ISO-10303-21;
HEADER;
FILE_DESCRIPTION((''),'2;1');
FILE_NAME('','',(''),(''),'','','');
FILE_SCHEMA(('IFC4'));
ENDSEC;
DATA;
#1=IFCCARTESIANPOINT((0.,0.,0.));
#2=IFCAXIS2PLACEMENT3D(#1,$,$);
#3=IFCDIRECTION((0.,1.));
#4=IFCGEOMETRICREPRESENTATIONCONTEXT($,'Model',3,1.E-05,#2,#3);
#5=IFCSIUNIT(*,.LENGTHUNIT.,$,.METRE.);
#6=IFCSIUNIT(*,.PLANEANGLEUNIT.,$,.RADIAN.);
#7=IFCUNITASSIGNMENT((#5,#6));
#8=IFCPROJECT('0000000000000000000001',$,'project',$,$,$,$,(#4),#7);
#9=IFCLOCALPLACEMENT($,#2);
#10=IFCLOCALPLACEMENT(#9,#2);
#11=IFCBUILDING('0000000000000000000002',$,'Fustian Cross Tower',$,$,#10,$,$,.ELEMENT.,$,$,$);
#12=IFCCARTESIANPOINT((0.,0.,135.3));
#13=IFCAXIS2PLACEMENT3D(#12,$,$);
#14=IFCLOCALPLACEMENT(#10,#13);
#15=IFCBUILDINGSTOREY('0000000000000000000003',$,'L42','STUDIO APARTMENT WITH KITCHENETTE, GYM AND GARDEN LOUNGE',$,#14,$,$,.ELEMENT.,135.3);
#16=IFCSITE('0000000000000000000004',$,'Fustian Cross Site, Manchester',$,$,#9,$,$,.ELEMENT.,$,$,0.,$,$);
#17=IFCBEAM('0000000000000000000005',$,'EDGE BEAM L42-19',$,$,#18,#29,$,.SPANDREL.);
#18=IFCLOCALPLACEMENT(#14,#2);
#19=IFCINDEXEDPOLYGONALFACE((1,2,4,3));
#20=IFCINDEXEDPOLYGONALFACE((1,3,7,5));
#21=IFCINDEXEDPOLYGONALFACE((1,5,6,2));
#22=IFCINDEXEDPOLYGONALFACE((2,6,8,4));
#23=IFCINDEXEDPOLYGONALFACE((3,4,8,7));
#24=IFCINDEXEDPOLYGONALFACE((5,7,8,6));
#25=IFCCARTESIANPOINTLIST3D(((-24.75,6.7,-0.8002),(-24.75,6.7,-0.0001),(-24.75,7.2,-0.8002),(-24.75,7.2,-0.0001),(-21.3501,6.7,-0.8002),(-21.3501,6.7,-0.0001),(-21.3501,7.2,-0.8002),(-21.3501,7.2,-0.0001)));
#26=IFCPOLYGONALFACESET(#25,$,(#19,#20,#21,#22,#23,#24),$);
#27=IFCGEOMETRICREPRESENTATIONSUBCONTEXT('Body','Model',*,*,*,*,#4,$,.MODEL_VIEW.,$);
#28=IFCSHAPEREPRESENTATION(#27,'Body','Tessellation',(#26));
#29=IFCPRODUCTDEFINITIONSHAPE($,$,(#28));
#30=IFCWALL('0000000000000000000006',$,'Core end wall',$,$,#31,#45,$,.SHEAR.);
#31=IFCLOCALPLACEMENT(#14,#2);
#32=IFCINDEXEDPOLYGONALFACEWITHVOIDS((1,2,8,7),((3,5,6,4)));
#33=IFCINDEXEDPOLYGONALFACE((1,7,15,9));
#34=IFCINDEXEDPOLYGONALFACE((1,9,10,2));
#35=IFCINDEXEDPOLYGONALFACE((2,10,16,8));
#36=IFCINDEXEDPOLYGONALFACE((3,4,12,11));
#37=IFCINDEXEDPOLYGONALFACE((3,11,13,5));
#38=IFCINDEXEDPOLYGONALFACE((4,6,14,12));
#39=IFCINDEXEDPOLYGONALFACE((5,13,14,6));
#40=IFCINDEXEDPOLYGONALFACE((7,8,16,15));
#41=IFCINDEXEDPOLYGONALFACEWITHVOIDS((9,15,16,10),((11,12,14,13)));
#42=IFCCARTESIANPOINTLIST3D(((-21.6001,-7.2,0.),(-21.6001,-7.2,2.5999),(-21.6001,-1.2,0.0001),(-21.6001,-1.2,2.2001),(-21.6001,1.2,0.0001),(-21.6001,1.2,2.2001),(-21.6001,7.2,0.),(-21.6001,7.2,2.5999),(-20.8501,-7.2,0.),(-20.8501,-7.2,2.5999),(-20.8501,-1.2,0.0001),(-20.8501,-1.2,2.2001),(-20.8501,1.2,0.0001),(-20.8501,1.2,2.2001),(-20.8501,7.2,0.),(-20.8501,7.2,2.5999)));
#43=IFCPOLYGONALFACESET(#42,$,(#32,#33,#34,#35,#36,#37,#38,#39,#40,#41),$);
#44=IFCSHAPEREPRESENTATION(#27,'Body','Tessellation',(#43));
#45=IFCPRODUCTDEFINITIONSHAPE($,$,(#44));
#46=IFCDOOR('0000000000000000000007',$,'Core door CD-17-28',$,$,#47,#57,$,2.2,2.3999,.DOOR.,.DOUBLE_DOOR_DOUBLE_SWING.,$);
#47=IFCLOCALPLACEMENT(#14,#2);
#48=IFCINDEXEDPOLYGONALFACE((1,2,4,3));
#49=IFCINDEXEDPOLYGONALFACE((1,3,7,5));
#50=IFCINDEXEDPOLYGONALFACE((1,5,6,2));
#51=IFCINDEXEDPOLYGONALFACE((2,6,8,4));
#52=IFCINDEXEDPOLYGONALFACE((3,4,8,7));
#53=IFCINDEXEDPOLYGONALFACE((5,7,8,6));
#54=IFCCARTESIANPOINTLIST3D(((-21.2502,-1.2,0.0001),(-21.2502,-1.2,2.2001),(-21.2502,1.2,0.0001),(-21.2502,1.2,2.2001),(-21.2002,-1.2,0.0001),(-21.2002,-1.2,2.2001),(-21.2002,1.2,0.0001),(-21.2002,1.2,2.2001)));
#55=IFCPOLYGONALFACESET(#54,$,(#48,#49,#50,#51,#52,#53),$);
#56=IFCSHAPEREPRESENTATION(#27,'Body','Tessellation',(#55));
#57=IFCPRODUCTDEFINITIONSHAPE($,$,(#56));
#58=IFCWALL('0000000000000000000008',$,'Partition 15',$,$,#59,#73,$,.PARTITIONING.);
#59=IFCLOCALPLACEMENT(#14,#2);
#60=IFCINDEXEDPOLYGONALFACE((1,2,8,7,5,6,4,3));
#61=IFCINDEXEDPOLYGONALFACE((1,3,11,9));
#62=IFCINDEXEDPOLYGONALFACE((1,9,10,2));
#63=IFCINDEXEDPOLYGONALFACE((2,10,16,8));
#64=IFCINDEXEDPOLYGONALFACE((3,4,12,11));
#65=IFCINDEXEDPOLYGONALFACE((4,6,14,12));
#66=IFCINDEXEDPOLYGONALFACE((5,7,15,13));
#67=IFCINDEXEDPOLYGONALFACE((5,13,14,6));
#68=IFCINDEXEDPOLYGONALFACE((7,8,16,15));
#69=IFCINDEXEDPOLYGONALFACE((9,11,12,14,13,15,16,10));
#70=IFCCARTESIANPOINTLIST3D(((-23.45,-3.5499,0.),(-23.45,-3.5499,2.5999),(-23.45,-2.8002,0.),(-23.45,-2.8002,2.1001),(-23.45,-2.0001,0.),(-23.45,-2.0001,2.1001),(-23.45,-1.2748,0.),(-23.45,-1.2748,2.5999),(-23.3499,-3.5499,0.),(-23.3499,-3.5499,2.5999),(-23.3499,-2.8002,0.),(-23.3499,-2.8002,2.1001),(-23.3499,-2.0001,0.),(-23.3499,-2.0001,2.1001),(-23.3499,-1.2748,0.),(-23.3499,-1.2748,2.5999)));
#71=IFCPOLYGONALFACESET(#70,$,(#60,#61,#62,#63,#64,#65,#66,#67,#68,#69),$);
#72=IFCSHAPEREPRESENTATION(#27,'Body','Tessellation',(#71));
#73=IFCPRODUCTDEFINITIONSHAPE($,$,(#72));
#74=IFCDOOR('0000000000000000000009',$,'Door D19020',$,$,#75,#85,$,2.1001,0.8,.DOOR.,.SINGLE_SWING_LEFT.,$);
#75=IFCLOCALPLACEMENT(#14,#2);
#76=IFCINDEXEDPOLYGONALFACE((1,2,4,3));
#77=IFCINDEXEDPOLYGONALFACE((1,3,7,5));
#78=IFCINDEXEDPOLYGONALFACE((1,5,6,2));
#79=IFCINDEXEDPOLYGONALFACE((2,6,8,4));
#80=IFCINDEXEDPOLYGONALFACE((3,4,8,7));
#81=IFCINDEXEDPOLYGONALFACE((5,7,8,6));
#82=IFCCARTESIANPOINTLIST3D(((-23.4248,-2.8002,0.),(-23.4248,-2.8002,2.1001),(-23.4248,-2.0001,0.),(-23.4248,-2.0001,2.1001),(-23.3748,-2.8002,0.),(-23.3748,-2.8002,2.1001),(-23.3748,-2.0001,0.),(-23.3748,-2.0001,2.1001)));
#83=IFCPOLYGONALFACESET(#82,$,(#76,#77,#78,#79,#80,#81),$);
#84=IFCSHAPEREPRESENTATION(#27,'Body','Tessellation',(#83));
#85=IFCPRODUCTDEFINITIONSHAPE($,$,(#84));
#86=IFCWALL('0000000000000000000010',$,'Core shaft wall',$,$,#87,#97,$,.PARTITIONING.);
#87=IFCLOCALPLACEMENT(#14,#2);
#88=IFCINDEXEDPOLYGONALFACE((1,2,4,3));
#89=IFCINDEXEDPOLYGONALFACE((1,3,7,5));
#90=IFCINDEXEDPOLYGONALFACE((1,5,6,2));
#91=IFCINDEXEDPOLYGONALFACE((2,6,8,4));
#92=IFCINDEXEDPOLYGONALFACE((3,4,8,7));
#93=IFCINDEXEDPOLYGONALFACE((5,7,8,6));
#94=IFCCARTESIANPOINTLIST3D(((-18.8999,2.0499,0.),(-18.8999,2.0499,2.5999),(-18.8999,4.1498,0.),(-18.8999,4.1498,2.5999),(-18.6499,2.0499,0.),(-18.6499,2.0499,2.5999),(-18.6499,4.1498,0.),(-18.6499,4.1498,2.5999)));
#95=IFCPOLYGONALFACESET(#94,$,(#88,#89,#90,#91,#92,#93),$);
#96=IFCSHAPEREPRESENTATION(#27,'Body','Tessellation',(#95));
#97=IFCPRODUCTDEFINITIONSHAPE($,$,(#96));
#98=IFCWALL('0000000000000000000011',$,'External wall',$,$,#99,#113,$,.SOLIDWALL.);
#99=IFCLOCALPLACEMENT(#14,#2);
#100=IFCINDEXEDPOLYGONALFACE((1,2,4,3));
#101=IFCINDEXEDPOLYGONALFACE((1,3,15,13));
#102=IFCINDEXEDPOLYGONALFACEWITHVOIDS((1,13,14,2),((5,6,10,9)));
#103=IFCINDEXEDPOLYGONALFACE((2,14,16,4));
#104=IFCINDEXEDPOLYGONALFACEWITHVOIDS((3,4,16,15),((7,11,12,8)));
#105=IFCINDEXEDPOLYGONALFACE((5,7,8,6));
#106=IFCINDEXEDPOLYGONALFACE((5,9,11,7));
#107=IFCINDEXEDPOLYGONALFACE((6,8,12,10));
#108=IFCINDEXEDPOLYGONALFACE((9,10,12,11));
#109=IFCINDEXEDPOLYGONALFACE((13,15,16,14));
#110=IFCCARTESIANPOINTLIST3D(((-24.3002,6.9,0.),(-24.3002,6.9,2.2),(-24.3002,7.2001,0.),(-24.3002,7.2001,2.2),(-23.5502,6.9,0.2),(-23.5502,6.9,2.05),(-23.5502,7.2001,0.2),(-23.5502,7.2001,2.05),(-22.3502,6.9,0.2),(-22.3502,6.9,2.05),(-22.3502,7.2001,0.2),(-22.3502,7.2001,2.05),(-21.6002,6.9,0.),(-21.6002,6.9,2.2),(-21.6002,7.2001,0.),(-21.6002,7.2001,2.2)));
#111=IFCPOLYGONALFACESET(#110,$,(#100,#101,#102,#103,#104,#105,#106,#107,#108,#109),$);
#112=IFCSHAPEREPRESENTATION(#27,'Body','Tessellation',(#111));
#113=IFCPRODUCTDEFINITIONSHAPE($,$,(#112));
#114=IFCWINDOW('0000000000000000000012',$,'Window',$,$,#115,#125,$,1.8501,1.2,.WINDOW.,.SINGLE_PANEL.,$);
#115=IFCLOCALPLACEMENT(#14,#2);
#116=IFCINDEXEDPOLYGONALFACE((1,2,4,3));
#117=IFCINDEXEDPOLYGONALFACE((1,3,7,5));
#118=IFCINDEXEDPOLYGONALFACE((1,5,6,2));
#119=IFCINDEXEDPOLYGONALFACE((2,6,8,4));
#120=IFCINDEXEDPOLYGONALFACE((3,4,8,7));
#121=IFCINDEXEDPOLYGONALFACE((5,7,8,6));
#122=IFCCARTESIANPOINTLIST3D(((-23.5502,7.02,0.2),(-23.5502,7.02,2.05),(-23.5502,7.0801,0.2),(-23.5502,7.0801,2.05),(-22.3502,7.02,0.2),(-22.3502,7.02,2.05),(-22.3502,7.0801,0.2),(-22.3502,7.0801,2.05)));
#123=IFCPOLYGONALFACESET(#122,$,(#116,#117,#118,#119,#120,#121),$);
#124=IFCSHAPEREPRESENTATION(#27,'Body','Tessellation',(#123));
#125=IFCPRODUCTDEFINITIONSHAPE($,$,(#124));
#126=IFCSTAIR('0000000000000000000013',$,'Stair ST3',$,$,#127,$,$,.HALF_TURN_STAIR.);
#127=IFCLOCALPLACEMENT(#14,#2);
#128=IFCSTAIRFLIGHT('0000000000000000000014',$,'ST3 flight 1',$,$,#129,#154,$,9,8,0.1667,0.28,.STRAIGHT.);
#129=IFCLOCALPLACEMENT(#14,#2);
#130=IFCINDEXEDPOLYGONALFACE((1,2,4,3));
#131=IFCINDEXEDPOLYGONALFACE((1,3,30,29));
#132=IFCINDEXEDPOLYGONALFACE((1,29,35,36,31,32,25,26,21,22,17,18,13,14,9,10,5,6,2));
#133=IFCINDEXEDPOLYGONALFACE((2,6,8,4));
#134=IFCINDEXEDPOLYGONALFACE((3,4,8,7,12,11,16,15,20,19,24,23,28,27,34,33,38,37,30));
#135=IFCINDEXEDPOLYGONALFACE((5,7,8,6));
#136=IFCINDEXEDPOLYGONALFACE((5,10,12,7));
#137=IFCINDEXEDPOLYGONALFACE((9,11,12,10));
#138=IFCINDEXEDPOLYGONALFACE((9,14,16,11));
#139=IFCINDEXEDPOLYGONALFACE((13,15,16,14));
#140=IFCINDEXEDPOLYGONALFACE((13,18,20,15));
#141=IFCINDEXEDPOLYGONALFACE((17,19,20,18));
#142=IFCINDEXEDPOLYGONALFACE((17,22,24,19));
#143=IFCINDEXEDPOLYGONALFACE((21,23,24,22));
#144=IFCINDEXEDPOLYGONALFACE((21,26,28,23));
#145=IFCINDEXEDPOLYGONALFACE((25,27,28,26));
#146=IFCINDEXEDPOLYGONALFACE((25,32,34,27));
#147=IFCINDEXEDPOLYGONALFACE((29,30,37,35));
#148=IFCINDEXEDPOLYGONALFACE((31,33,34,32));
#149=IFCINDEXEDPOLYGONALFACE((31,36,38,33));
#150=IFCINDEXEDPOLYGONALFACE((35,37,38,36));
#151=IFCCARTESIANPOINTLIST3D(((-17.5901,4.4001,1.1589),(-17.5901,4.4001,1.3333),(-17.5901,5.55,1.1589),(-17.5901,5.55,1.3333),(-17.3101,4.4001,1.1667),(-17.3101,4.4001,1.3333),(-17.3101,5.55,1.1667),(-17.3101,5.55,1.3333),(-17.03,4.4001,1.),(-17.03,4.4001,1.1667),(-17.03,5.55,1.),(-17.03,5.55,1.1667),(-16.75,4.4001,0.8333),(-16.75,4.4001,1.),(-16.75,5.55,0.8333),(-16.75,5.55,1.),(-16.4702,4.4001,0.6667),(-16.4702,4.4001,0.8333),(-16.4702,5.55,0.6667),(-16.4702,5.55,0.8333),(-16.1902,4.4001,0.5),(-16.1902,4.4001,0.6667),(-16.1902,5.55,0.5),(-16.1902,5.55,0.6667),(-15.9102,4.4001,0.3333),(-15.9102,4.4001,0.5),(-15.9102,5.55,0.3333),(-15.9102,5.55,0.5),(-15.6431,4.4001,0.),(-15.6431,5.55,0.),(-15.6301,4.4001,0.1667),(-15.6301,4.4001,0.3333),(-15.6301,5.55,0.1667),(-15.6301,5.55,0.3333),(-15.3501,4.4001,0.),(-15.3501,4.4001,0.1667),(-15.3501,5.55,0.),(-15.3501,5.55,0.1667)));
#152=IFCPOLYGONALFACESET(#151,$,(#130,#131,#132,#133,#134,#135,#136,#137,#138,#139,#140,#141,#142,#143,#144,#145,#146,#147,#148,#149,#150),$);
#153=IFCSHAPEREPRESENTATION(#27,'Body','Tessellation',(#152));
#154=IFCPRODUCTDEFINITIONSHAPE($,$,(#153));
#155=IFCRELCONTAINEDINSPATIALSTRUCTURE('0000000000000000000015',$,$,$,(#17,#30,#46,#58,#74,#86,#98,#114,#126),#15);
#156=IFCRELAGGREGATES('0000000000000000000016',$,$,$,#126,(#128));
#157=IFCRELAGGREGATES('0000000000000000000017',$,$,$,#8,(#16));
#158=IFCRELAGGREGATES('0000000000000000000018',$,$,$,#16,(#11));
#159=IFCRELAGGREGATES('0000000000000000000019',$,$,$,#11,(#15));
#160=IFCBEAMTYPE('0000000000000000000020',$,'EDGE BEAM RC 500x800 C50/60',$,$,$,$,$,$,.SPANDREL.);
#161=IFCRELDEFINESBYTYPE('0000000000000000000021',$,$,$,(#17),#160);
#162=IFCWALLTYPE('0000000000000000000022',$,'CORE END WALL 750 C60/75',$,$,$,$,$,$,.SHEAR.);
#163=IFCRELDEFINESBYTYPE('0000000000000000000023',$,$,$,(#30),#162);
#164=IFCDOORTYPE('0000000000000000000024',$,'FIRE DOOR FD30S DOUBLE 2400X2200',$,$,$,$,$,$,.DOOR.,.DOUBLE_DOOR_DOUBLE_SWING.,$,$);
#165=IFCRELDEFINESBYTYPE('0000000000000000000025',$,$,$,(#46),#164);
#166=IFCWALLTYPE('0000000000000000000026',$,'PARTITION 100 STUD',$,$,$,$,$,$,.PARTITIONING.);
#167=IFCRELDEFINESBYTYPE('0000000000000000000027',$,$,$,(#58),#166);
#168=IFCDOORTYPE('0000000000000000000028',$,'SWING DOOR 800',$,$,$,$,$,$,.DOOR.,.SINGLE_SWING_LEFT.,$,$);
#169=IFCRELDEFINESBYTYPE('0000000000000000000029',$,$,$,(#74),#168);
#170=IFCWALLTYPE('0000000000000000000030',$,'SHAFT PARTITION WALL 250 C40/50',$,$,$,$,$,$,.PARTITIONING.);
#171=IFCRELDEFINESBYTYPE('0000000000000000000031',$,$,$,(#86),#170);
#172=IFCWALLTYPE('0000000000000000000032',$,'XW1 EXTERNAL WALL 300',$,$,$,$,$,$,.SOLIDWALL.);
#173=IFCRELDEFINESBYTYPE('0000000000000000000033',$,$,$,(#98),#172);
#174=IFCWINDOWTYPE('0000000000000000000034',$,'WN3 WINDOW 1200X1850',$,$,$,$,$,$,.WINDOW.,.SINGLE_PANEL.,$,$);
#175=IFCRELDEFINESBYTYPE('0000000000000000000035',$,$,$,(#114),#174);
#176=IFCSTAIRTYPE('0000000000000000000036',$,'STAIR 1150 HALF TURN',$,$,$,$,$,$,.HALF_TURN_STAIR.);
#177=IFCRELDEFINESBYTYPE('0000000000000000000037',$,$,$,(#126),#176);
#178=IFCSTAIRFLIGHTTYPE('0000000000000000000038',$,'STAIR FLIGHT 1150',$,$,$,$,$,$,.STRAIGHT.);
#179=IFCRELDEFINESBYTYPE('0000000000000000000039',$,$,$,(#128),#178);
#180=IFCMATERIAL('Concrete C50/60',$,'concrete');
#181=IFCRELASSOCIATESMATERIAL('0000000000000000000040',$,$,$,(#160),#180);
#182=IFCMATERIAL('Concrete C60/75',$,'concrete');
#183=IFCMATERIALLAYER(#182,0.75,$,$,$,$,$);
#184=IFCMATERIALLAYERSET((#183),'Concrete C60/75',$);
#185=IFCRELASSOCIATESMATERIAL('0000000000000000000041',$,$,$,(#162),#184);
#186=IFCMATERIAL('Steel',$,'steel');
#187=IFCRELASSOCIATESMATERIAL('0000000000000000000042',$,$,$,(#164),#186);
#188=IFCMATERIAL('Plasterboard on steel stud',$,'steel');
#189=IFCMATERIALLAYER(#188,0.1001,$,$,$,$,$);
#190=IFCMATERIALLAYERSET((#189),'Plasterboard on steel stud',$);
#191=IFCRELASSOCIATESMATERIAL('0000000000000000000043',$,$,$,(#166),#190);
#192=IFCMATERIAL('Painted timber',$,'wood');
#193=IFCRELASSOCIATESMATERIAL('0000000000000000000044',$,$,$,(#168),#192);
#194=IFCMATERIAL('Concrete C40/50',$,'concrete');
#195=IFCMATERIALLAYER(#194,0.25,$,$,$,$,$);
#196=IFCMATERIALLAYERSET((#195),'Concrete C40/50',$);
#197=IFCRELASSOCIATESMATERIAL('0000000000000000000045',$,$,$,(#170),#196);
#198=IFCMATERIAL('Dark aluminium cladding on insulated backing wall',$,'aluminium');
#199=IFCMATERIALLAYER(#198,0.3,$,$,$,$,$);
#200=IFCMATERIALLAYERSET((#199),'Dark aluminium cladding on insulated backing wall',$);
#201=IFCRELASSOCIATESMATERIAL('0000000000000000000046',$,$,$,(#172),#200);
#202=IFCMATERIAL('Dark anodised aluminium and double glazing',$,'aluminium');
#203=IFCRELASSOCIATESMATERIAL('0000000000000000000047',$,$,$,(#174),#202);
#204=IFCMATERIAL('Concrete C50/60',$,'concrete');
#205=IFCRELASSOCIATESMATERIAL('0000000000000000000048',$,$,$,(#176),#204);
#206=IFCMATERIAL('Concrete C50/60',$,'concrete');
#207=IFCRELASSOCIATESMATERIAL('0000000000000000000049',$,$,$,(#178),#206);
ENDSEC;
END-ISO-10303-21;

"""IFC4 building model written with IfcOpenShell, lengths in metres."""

from ifc_helpers import new_model, si_unit, direction, frame, frame_2d, origin, origin_2d, place, context, subcontext, project, spatial, polyline, rectangle, outline, extrude, material, layer, layer_set, material_profile, profile_set, type_object, element, fill, aggregate, save


model = new_model("IFC4")

# Units and contexts
model_context = context("Model", 3, precision=1e-05, world=origin(), true_north=direction((0.0, 1.0)))
body_context = subcontext(model_context, "Body", "Model", "MODEL_VIEW")
ifc_project = project(units=[si_unit("LENGTHUNIT", "METRE"), si_unit("PLANEANGLEUNIT", "RADIAN")], contexts=[model_context])

# Site, building, storey
site_placement = place(None, origin())
site = spatial("IfcSite", under=ifc_project, at=site_placement, Name="Fustian Cross Site, Manchester", CompositionType="ELEMENT", RefElevation=0.0)
building_placement = place(site_placement, origin())
building = spatial("IfcBuilding", under=site, at=building_placement, Name="Fustian Cross Tower", CompositionType="ELEMENT")
storey_placement = place(building_placement, frame((0.0, 0.0, 135.3)))
storey = spatial("IfcBuildingStorey", under=building, at=storey_placement, Name="L42", Description="STUDIO APARTMENT WITH KITCHENETTE, GYM AND GARDEN LOUNGE", CompositionType="ELEMENT", Elevation=135.3)

# Beam
ifc_material_1 = material(Name="Concrete C50/60", Category="concrete")
ifc_material_profile = material_profile(ifc_material_1, rectangle(XDim=0.5, YDim=0.8, at=origin_2d()), Name="RC 500x800")
ifc_profile_set = profile_set([ifc_material_profile], Name="Concrete C50/60")
beam_type = type_object("IfcBeamType", Name="EDGE BEAM RC 500x800 C50/60", PredefinedType="SPANDREL", material=ifc_profile_set)
beam_placement = place(storey_placement, frame((-21.3501, 6.95, -0.4001), z_axis=(-1.0, 0.0, 0.0), x_axis=(0.0, -1.0, 0.0)))
element("IfcBeam", 1, at=beam_placement, inside=storey, type_object=beam_type, Name="EDGE BEAM L42-19", PredefinedType="SPANDREL", context=body_context, shape_type="SweptSolid", body=[
    extrude(rectangle(XDim=0.5, YDim=0.8, at=origin_2d()), origin(), (0.0, 0.0, 1.0), 3.3999),
])

# Walls, openings, doors
ifc_material_2 = material(Name="Concrete C60/75", Category="concrete")
ifc_layer_1 = layer(ifc_material_2, 0.75)
ifc_layer_set_1 = layer_set([ifc_layer_1], Name="Concrete C60/75")
wall_type_1 = type_object("IfcWallType", Name="CORE END WALL 750 C60/75", PredefinedType="SHEAR", material=ifc_layer_set_1)
wall_1_placement = place(storey_placement, frame((-21.2251, -7.2, 0.0), z_axis=(0.0, 0.0, 1.0), x_axis=(0.0, 1.0, 0.0)))
wall_1 = element("IfcWall", 2, at=wall_1_placement, inside=storey, type_object=wall_type_1, Name="Core end wall", PredefinedType="SHEAR", context=body_context, shape_type="SweptSolid", body=[
    extrude(rectangle(XDim=14.3999, YDim=0.75, at=frame_2d((7.2, 0.0))), origin(), (0.0, 0.0, 1.0), 2.5999),
])
opening_1_placement = place(wall_1_placement, frame((6.0, 0.0, 0.0)))
opening_1 = element("IfcOpeningElement", 3, at=opening_1_placement, cuts=wall_1, PredefinedType="OPENING", context=body_context, shape_type="SweptSolid", body=[
    extrude(rectangle(XDim=2.3999, YDim=2.2, at=frame_2d((1.2, 1.1001))), frame((0.0, 0.385, 0.0), z_axis=(0.0, -1.0, 0.0), x_axis=(1.0, 0.0, 0.0)), (0.0, 0.0, 1.0), 0.77),
])
ifc_material_3 = material(Name="Steel", Category="steel")
door_type_1 = type_object("IfcDoorType", Name="FIRE DOOR FD30S DOUBLE 2400X2200", OperationType="DOUBLE_DOOR_DOUBLE_SWING", PredefinedType="DOOR", material=ifc_material_3)
door_1_placement = place(opening_1_placement, frame((2.3999, 0.0, 0.0), z_axis=(0.0, 0.0, 1.0), x_axis=(-1.0, 0.0, 0.0)))
door_1 = element("IfcDoor", 4, at=door_1_placement, inside=storey, type_object=door_type_1, Name="Core door CD-17-28", OperationType="DOUBLE_DOOR_DOUBLE_SWING", OverallHeight=2.2, OverallWidth=2.3999, PredefinedType="DOOR", context=body_context, shape_type="SweptSolid", body=[
    extrude(rectangle(XDim=2.3999, YDim=2.2, at=frame_2d((1.2, 1.1001))), frame((0.0, 0.0249, 0.0), z_axis=(0.0, -1.0, 0.0), x_axis=(1.0, 0.0, 0.0)), (0.0, 0.0, 1.0), 0.05),
])
fill(opening_1, door_1)
ifc_material_4 = material(Name="Plasterboard on steel stud", Category="steel")
ifc_layer_2 = layer(ifc_material_4, 0.1001)
ifc_layer_set_2 = layer_set([ifc_layer_2], Name="Plasterboard on steel stud")
wall_type_2 = type_object("IfcWallType", Name="PARTITION 100 STUD", PredefinedType="PARTITIONING", material=ifc_layer_set_2)
wall_2_placement = place(storey_placement, frame((-23.3999, -3.55, 0.0), z_axis=(0.0, 0.0, 1.0), x_axis=(0.0, 1.0, 0.0)))
wall_2 = element("IfcWall", 5, at=wall_2_placement, inside=storey, type_object=wall_type_2, Name="Partition 15", PredefinedType="PARTITIONING", context=body_context, shape_type="SweptSolid", body=[
    extrude(rectangle(XDim=2.2751, YDim=0.1001, at=frame_2d((1.1377, 0.0))), origin(), (0.0, 0.0, 1.0), 2.5999),
])
opening_2_placement = place(wall_2_placement, frame((0.75, 0.0, 0.0)))
opening_2 = element("IfcOpeningElement", 6, at=opening_2_placement, cuts=wall_2, PredefinedType="OPENING", context=body_context, shape_type="SweptSolid", body=[
    extrude(rectangle(XDim=0.8, YDim=2.1001, at=frame_2d((0.3999, 1.05))), frame((0.0, 0.0601, 0.0), z_axis=(0.0, -1.0, 0.0), x_axis=(1.0, 0.0, 0.0)), (0.0, 0.0, 1.0), 0.1201),
])
ifc_material_5 = material(Name="Painted timber", Category="wood")
door_type_2 = type_object("IfcDoorType", Name="SWING DOOR 800", OperationType="SINGLE_SWING_LEFT", PredefinedType="DOOR", material=ifc_material_5)
door_2_placement = place(opening_2_placement, origin())
door_2 = element("IfcDoor", 7, at=door_2_placement, inside=storey, type_object=door_type_2, Name="Door D19020", OperationType="SINGLE_SWING_LEFT", OverallHeight=2.1001, OverallWidth=0.8, PredefinedType="DOOR", context=body_context, shape_type="SweptSolid", body=[
    extrude(rectangle(XDim=0.8, YDim=2.1001, at=frame_2d((0.3999, 1.05))), frame((0.0, 0.0249, 0.0), z_axis=(0.0, -1.0, 0.0), x_axis=(1.0, 0.0, 0.0)), (0.0, 0.0, 1.0), 0.05),
])
fill(opening_2, door_2)

# Wall
ifc_material_6 = material(Name="Concrete C40/50", Category="concrete")
ifc_layer_3 = layer(ifc_material_6, 0.25)
ifc_layer_set_3 = layer_set([ifc_layer_3], Name="Concrete C40/50")
wall_type_3 = type_object("IfcWallType", Name="SHAFT PARTITION WALL 250 C40/50", PredefinedType="PARTITIONING", material=ifc_layer_set_3)
wall_3_placement = place(storey_placement, frame((-18.7749, 2.05, 0.0), z_axis=(0.0, 0.0, 1.0), x_axis=(0.0, 1.0, 0.0)))
element("IfcWall", 8, at=wall_3_placement, inside=storey, type_object=wall_type_3, Name="Core shaft wall", PredefinedType="PARTITIONING", context=body_context, shape_type="SweptSolid", body=[
    extrude(rectangle(XDim=2.0999, YDim=0.25, at=frame_2d((1.0498, 0.0))), origin(), (0.0, 0.0, 1.0), 2.5999),
])

# Wall, opening, window
ifc_material_7 = material(Name="Dark aluminium cladding on insulated backing wall", Category="aluminium")
ifc_layer_4 = layer(ifc_material_7, 0.3)
ifc_layer_set_4 = layer_set([ifc_layer_4], Name="Dark aluminium cladding on insulated backing wall")
wall_type_4 = type_object("IfcWallType", Name="XW1 EXTERNAL WALL 300", PredefinedType="SOLIDWALL", material=ifc_layer_set_4)
wall_4_placement = place(storey_placement, frame((-21.6001, 7.05, 0.0), z_axis=(0.0, 0.0, 1.0), x_axis=(-1.0, 0.0, 0.0)))
wall_4 = element("IfcWall", 9, at=wall_4_placement, inside=storey, type_object=wall_type_4, Name="External wall", PredefinedType="SOLIDWALL", context=body_context, shape_type="SweptSolid", body=[
    extrude(rectangle(XDim=2.7, YDim=0.3, at=frame_2d((1.3501, 0.0))), origin(), (0.0, 0.0, 1.0), 2.2),
])
opening_3_placement = place(wall_4_placement, frame((0.75, 0.0, 0.2)))
opening_3 = element("IfcOpeningElement", 10, at=opening_3_placement, cuts=wall_4, PredefinedType="OPENING", context=body_context, shape_type="SweptSolid", body=[
    extrude(rectangle(XDim=1.2, YDim=1.8501, at=frame_2d((0.6001, 0.925))), frame((0.0, 0.1599, 0.0), z_axis=(0.0, -1.0, 0.0), x_axis=(1.0, 0.0, 0.0)), (0.0, 0.0, 1.0), 0.3201),
])
ifc_material_8 = material(Name="Dark anodised aluminium and double glazing", Category="aluminium")
window_type = type_object("IfcWindowType", Name="WN3 WINDOW 1200X1850", PartitioningType="SINGLE_PANEL", PredefinedType="WINDOW", material=ifc_material_8)
window_placement = place(opening_3_placement, origin())
window = element("IfcWindow", 11, at=window_placement, inside=storey, type_object=window_type, Name="Window", OverallHeight=1.8501, OverallWidth=1.2, PartitioningType="SINGLE_PANEL", PredefinedType="WINDOW", context=body_context, shape_type="SweptSolid", body=[
    extrude(rectangle(XDim=1.2, YDim=1.8501, at=frame_2d((0.6001, 0.925))), frame((0.0, 0.03, 0.0), z_axis=(0.0, -1.0, 0.0), x_axis=(1.0, 0.0, 0.0)), (0.0, 0.0, 1.0), 0.0601),
])
fill(opening_3, window)

# Stair, stair flight
ifc_material_9 = material(Name="Concrete C50/60", Category="concrete")
stair_type = type_object("IfcStairType", Name="STAIR 1150 HALF TURN", PredefinedType="HALF_TURN_STAIR", material=ifc_material_9)
stair_1_placement = place(storey_placement, origin())
stair_1 = element("IfcStair", 12, at=stair_1_placement, inside=storey, type_object=stair_type, Name="Stair ST3", PredefinedType="HALF_TURN_STAIR")
ifc_material_10 = material(Name="Concrete C50/60", Category="concrete")
stair_flight_type = type_object("IfcStairFlightType", Name="STAIR FLIGHT 1150", PredefinedType="STRAIGHT", material=ifc_material_10)
stair_flight_1_placement = place(storey_placement, frame((-15.3501, 4.9751, 0.0), z_axis=(0.0, 0.0, 1.0), x_axis=(-1.0, 0.0, 0.0)))
stair_flight_1 = element("IfcStairFlight", 13, at=stair_flight_1_placement, type_object=stair_flight_type, Name="ST3 flight 1", NumberOfRisers=9, NumberOfTreads=8, PredefinedType="STRAIGHT", RiserHeight=0.1667, TreadLength=0.28, context=body_context, shape_type="SweptSolid", body=[
    extrude(outline(polyline([(0.0, 0.0), (0.0, 0.1667), (0.28, 0.1667), (0.28, 0.3333), (0.5601, 0.3333), (0.5601, 0.5), (0.8401, 0.5), (0.8401, 0.6667), (1.1201, 0.6667), (1.1201, 0.8333), (1.3999, 0.8333), (1.3999, 1.0), (1.6799, 1.0), (1.6799, 1.1667), (1.96, 1.1667), (1.96, 1.3333), (2.24, 1.3333), (2.24, 1.5), (2.24, 1.1589), (0.293, 0.0), (0.0, 0.0)])), frame((0.0, 0.575, 0.0), z_axis=(0.0, -1.0, 0.0), x_axis=(1.0, 0.0, 0.0)), (0.0, 0.0, 1.0), 1.1499),
])
aggregate(stair_1, [stair_flight_1])

save(model, "model.ifc")
